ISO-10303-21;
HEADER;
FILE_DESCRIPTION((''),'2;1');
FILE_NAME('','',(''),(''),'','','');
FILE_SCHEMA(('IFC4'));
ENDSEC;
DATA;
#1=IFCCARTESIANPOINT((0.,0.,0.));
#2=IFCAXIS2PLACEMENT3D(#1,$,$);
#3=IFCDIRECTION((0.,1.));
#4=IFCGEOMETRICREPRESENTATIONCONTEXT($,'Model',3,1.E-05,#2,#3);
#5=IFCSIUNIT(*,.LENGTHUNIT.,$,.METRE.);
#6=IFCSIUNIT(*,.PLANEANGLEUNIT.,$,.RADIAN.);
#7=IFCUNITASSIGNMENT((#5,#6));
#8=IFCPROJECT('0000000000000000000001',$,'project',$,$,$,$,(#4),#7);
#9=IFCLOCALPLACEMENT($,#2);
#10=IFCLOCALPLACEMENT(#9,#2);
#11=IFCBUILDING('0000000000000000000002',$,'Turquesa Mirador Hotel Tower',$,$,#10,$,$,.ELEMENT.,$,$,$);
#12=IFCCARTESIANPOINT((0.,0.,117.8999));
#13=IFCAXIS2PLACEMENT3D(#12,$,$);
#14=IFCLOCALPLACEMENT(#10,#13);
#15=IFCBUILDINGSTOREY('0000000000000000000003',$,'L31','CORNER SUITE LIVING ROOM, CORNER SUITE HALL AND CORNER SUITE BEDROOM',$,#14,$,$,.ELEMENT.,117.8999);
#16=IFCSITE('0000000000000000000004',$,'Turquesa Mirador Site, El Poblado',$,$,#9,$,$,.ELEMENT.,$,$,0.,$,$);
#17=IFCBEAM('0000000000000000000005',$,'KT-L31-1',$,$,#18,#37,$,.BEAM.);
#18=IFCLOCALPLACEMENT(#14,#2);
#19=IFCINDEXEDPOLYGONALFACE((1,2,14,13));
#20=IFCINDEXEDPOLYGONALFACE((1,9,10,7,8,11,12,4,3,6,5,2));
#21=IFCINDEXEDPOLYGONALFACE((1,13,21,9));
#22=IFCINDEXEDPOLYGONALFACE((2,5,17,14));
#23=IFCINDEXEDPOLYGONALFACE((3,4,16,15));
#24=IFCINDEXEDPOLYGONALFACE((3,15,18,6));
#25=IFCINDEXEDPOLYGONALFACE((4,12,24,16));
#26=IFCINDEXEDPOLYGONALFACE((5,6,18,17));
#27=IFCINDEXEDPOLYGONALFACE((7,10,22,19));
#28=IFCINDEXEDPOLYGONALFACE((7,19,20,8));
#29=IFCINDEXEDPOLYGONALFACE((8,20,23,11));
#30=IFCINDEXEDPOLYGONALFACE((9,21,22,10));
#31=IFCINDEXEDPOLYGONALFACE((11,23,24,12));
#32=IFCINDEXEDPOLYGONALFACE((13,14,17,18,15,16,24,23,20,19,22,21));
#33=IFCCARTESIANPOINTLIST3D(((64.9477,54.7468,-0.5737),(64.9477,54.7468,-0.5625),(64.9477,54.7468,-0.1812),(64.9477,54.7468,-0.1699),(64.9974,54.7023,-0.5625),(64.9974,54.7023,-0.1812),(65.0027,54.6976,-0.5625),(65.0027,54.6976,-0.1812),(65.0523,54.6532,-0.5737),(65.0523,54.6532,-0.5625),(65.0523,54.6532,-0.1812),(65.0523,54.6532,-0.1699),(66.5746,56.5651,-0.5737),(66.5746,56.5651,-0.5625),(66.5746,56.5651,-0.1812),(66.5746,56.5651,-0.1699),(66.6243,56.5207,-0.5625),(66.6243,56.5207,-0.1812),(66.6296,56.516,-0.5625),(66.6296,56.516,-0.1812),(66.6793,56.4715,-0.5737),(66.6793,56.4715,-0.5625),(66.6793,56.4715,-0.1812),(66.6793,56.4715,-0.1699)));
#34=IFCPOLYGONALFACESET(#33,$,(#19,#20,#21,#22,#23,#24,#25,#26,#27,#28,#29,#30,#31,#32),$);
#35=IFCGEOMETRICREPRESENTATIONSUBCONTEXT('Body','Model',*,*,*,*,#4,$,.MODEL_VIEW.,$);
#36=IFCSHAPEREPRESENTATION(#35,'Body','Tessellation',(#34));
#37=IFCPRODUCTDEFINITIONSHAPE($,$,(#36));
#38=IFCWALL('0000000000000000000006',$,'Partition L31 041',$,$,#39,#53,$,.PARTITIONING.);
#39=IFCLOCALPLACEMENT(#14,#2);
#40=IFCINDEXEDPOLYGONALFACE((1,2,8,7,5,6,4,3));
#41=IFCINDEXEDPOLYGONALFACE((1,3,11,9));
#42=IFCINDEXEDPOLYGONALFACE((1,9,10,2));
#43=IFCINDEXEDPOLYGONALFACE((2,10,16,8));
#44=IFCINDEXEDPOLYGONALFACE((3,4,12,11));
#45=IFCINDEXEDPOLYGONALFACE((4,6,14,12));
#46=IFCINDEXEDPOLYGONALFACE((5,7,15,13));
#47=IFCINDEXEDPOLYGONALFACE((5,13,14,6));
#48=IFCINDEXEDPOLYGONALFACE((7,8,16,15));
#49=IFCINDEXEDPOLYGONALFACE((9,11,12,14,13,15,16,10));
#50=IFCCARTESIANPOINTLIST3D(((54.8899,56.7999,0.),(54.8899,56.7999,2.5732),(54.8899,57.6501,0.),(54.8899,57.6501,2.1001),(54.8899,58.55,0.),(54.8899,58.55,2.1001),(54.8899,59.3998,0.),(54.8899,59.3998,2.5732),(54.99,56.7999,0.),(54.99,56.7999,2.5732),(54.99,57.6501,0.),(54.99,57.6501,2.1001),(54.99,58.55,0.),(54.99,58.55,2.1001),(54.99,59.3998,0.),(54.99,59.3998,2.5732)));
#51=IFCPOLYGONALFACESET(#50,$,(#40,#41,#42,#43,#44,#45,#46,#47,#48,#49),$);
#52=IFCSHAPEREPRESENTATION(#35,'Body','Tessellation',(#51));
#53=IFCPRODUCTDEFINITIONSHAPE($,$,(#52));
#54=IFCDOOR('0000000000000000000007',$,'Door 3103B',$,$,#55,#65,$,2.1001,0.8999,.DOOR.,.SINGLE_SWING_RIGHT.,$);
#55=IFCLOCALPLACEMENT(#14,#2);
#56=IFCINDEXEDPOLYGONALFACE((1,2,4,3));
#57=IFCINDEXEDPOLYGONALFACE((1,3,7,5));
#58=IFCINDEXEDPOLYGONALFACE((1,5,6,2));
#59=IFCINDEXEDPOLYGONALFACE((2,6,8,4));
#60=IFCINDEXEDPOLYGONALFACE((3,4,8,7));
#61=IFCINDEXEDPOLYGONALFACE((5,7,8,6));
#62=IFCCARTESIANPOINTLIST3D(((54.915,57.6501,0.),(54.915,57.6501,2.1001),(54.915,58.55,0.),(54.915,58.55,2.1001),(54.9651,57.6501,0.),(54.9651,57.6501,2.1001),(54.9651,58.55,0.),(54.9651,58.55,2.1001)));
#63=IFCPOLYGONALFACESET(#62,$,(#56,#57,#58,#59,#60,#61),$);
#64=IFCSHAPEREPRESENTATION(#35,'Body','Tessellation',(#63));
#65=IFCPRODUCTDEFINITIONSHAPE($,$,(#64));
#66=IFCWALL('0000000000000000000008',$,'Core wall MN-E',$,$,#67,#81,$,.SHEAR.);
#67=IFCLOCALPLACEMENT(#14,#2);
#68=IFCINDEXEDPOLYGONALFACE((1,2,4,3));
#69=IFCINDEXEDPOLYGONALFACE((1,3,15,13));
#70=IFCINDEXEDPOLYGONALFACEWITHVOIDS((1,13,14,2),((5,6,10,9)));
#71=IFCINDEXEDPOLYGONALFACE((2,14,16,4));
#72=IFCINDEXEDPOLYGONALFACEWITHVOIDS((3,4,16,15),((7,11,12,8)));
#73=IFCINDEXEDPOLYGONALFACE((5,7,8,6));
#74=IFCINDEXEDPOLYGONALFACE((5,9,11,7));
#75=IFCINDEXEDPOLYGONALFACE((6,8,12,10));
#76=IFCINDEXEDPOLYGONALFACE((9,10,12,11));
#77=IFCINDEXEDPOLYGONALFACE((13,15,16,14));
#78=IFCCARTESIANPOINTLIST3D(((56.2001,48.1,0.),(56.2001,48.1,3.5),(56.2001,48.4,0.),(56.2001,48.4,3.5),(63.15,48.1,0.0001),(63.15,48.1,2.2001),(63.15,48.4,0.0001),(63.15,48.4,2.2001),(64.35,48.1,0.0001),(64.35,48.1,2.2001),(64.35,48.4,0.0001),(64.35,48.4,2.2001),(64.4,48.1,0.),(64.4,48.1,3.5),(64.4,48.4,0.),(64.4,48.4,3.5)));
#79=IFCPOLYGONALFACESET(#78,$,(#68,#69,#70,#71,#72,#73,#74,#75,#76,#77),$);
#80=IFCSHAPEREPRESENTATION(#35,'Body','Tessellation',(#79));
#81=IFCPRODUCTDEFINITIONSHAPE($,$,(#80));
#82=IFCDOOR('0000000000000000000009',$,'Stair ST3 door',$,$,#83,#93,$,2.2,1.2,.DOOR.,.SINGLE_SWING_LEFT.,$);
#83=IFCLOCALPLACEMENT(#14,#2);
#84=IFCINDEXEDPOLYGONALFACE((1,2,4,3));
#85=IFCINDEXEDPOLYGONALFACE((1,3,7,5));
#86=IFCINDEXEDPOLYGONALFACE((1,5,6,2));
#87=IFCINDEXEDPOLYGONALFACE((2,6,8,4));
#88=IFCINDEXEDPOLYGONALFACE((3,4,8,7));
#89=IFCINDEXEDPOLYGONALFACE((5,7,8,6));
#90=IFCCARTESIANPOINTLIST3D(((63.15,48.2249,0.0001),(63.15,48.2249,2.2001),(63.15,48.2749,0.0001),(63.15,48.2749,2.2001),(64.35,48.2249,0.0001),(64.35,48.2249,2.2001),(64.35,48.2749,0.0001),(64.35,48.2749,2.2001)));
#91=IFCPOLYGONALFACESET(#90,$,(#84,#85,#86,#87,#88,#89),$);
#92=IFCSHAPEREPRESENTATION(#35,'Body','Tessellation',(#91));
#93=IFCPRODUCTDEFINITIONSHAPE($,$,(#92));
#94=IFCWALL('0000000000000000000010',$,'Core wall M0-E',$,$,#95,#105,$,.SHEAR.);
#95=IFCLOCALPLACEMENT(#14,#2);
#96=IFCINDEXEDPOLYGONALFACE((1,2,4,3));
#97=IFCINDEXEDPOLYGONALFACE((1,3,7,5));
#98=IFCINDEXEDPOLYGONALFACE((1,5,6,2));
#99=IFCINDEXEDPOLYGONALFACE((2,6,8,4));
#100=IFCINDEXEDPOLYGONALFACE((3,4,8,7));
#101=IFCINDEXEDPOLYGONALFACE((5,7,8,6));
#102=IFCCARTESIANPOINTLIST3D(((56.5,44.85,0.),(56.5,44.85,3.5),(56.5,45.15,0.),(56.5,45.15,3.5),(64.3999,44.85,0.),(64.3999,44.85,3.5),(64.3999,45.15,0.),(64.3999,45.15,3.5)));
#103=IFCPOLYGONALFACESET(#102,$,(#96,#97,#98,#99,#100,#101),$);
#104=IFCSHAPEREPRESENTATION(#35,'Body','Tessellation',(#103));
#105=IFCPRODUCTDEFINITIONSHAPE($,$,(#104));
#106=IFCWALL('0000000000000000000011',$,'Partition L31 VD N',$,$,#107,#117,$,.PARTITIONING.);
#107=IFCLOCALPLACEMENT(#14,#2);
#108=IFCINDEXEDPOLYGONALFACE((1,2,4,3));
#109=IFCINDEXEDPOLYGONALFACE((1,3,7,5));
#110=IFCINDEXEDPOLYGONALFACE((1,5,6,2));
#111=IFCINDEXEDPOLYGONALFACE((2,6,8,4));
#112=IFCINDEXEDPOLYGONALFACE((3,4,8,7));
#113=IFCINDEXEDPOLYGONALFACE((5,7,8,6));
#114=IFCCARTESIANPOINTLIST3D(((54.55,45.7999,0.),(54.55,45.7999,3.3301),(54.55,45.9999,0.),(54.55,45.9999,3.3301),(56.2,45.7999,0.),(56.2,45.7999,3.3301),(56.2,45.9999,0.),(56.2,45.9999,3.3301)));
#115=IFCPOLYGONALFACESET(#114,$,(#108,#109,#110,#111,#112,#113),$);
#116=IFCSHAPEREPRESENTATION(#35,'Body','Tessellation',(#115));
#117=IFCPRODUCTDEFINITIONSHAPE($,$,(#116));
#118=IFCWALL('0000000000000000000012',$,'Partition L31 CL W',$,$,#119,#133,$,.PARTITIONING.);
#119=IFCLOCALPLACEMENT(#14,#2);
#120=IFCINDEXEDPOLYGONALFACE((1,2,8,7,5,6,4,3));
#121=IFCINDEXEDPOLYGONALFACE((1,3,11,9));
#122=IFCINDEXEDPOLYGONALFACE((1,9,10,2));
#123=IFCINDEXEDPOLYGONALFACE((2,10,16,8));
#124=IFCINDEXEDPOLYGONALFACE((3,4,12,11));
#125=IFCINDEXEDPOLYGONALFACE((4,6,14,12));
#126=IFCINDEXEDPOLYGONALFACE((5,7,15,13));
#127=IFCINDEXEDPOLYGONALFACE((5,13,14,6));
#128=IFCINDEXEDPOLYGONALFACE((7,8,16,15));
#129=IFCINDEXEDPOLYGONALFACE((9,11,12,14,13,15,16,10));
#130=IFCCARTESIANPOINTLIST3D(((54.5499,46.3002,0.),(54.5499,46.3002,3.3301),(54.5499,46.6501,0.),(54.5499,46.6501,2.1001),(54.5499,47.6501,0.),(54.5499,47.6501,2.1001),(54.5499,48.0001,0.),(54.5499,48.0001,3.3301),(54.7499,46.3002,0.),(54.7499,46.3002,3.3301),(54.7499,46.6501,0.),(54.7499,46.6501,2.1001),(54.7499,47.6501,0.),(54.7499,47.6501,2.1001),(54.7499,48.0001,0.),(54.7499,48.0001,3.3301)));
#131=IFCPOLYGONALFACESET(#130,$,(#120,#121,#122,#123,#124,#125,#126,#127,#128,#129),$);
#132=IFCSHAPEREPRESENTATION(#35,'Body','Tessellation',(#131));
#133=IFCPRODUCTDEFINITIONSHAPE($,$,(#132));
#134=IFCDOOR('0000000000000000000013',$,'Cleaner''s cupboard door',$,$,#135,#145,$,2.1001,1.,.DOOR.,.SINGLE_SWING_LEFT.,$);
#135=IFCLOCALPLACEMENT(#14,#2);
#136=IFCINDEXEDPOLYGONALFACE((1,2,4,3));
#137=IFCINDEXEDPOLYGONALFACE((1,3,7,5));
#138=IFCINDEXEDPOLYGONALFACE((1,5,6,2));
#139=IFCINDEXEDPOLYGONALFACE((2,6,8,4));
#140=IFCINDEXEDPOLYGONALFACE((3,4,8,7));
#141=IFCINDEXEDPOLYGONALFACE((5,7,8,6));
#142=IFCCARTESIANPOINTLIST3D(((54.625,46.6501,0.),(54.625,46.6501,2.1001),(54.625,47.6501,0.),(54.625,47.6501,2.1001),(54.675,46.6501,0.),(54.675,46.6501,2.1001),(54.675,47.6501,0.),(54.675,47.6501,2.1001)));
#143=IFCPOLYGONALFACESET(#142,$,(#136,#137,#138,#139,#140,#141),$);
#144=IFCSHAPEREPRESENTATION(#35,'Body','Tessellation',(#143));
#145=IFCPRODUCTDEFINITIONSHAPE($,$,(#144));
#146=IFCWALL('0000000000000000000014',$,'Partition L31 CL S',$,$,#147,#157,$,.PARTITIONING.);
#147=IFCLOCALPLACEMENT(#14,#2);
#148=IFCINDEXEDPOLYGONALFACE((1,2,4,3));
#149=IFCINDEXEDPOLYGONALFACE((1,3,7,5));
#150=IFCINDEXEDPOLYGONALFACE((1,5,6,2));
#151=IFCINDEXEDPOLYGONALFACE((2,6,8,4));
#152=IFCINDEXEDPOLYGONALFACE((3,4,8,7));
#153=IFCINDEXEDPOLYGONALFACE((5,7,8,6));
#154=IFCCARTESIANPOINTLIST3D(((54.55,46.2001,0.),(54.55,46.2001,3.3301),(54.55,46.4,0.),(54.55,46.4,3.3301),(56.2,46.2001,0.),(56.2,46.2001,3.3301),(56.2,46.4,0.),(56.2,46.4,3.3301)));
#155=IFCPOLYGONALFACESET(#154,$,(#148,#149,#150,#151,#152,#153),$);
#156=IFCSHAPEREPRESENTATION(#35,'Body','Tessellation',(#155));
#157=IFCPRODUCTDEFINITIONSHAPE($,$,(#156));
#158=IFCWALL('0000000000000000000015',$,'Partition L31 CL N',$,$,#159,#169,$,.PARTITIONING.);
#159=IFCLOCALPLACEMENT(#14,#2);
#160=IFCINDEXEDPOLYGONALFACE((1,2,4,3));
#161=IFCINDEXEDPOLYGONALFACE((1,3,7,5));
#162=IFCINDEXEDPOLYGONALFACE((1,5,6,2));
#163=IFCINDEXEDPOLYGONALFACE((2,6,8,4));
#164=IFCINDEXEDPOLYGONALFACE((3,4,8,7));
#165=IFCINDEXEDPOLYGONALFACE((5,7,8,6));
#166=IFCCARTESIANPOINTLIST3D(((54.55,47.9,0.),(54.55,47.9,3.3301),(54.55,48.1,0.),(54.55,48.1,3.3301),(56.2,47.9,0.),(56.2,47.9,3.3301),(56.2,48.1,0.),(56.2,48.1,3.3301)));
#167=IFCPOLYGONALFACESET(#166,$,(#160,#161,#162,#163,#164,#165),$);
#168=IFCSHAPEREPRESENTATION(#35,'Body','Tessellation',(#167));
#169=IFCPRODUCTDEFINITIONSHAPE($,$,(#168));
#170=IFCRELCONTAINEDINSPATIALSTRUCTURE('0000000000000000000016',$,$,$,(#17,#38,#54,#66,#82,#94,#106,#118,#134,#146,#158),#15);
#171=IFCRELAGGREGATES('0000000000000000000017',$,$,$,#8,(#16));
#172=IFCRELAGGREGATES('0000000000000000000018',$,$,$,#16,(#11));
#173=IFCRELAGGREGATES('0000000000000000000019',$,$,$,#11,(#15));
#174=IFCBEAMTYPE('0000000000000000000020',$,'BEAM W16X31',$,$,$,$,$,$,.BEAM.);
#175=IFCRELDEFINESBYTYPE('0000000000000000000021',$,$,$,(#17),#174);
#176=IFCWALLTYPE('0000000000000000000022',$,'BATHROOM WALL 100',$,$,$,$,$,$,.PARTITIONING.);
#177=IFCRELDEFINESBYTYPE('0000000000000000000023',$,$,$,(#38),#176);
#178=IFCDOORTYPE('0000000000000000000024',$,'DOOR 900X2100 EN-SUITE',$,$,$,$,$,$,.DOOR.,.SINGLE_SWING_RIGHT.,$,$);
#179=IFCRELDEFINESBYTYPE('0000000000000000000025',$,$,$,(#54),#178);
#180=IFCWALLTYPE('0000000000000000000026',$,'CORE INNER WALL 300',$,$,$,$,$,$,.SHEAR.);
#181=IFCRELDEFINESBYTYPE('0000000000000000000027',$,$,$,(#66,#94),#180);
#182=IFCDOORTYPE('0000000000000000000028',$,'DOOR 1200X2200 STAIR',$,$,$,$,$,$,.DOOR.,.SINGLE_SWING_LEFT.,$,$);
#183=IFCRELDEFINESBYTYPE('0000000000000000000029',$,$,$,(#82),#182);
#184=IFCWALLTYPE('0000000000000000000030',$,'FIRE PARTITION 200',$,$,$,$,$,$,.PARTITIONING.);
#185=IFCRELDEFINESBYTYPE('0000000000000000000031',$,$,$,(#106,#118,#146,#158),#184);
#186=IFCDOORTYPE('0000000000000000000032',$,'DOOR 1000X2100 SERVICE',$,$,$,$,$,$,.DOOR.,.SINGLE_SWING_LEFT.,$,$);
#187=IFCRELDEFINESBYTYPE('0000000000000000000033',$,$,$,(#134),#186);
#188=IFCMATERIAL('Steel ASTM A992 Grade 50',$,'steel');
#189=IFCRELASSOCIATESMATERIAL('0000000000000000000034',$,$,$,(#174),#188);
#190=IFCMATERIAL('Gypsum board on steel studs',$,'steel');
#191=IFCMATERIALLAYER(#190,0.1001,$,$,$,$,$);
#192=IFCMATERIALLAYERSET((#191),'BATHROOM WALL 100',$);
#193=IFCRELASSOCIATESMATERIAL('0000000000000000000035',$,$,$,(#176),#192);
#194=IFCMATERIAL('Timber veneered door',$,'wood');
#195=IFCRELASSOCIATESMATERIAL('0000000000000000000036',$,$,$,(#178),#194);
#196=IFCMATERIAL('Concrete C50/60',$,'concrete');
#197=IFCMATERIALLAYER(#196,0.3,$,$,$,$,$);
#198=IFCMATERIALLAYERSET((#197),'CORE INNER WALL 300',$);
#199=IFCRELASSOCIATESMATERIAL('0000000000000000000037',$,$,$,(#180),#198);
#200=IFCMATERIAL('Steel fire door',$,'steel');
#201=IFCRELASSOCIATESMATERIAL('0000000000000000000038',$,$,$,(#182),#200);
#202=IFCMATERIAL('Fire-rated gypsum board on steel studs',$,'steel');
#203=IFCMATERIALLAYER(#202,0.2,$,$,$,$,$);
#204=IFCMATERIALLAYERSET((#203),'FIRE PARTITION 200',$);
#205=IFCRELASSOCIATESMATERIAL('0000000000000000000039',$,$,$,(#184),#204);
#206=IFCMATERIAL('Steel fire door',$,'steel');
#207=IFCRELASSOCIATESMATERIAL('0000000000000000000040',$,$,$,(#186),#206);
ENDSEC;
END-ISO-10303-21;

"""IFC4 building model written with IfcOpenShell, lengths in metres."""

from ifc_helpers import new_model, si_unit, direction, frame, frame_2d, origin, origin_2d, place, context, subcontext, project, spatial, rectangle, i_section, extrude, material, layer, layer_set, material_profile, profile_set, type_object, element, fill, save


model = new_model("IFC4")

# Units and contexts
model_context = context("Model", 3, precision=1e-05, world=origin(), true_north=direction((0.0, 1.0)))
body_context = subcontext(model_context, "Body", "Model", "MODEL_VIEW")
ifc_project = project(units=[si_unit("LENGTHUNIT", "METRE"), si_unit("PLANEANGLEUNIT", "RADIAN")], contexts=[model_context])

# Site, building, storey
site_placement = place(None, origin())
site = spatial("IfcSite", under=ifc_project, at=site_placement, Name="Turquesa Mirador Site, El Poblado", CompositionType="ELEMENT", RefElevation=0.0)
building_placement = place(site_placement, origin())
building = spatial("IfcBuilding", under=site, at=building_placement, Name="Turquesa Mirador Hotel Tower", CompositionType="ELEMENT")
storey_placement = place(building_placement, frame((0.0, 0.0, 117.8999)))
storey = spatial("IfcBuildingStorey", under=building, at=storey_placement, Name="L31", Description="CORNER SUITE LIVING ROOM, CORNER SUITE HALL AND CORNER SUITE BEDROOM", CompositionType="ELEMENT", Elevation=117.8999)

# Beam
ifc_material_1 = material(Name="Steel ASTM A992 Grade 50", Category="steel")
ifc_material_profile = material_profile(ifc_material_1, i_section(OverallWidth=0.1404, OverallDepth=0.4038, WebThickness=0.0071, FlangeThickness=0.0112, at=origin_2d()), Name="W16X31")
ifc_profile_set = profile_set([ifc_material_profile], Name="Steel ASTM A992 Grade 50")
beam_type = type_object("IfcBeamType", Name="BEAM W16X31", PredefinedType="BEAM", material=ifc_profile_set)
beam_placement = place(storey_placement, frame((66.627, 56.5183, -0.3718), z_axis=(-0.666795, -0.745241, 0.0), x_axis=(0.745241, -0.666795, 0.0)))
element("IfcBeam", 1, at=beam_placement, inside=storey, type_object=beam_type, Name="KT-L31-1", PredefinedType="BEAM", context=body_context, shape_type="SweptSolid", body=[
    extrude(i_section(OverallWidth=0.1404, OverallDepth=0.4038, WebThickness=0.0071, FlangeThickness=0.0112, at=origin_2d()), origin(), (0.0, 0.0, 1.0), 2.4399),
])

# Walls, openings, doors
ifc_material_2 = material(Name="Gypsum board on steel studs", Category="steel")
ifc_layer_1 = layer(ifc_material_2, 0.1001)
ifc_layer_set_1 = layer_set([ifc_layer_1], Name="BATHROOM WALL 100")
wall_type_1 = type_object("IfcWallType", Name="BATHROOM WALL 100", PredefinedType="PARTITIONING", material=ifc_layer_set_1)
wall_1_placement = place(storey_placement, frame((54.9399, 56.8, 0.0), z_axis=(0.0, 0.0, 1.0), x_axis=(0.0, 1.0, 0.0)))
wall_1 = element("IfcWall", 2, at=wall_1_placement, inside=storey, type_object=wall_type_1, Name="Partition L31 041", PredefinedType="PARTITIONING", context=body_context, shape_type="SweptSolid", body=[
    extrude(rectangle(XDim=2.5999, YDim=0.1001, at=frame_2d((1.2998, 0.0))), origin(), (0.0, 0.0, 1.0), 2.5732),
])
opening_1_placement = place(wall_1_placement, frame((0.8501, 0.0, 0.0)))
opening_1 = element("IfcOpeningElement", 3, at=opening_1_placement, cuts=wall_1, PredefinedType="OPENING", context=body_context, shape_type="SweptSolid", body=[
    extrude(rectangle(XDim=0.8999, YDim=2.1001, at=frame_2d((0.45, 1.05))), frame((0.0, 0.0601, 0.0), z_axis=(0.0, -1.0, 0.0), x_axis=(1.0, 0.0, 0.0)), (0.0, 0.0, 1.0), 0.1201),
])
ifc_material_3 = material(Name="Timber veneered door", Category="wood")
door_type_1 = type_object("IfcDoorType", Name="DOOR 900X2100 EN-SUITE", OperationType="SINGLE_SWING_RIGHT", PredefinedType="DOOR", material=ifc_material_3)
door_1_placement = place(opening_1_placement, origin())
door_1 = element("IfcDoor", 4, at=door_1_placement, inside=storey, type_object=door_type_1, Name="Door 3103B", OperationType="SINGLE_SWING_RIGHT", OverallHeight=2.1001, OverallWidth=0.8999, PredefinedType="DOOR", context=body_context, shape_type="SweptSolid", body=[
    extrude(rectangle(XDim=0.8999, YDim=2.1001, at=frame_2d((0.45, 1.05))), frame((0.0, 0.0249, 0.0), z_axis=(0.0, -1.0, 0.0), x_axis=(1.0, 0.0, 0.0)), (0.0, 0.0, 1.0), 0.05),
])
fill(opening_1, door_1)
ifc_material_4 = material(Name="Concrete C50/60", Category="concrete")
ifc_layer_2 = layer(ifc_material_4, 0.3)
ifc_layer_set_2 = layer_set([ifc_layer_2], Name="CORE INNER WALL 300")
wall_type_2 = type_object("IfcWallType", Name="CORE INNER WALL 300", PredefinedType="SHEAR", material=ifc_layer_set_2)
wall_2_placement = place(storey_placement, frame((56.2, 48.25, 0.0), z_axis=(0.0, 0.0, 1.0), x_axis=(1.0, 0.0, 0.0)))
wall_2 = element("IfcWall", 5, at=wall_2_placement, inside=storey, type_object=wall_type_2, Name="Core wall MN-E", PredefinedType="SHEAR", context=body_context, shape_type="SweptSolid", body=[
    extrude(rectangle(XDim=8.2, YDim=0.3, at=frame_2d((4.1001, 0.0))), origin(), (0.0, 0.0, 1.0), 3.5),
])
opening_2_placement = place(wall_2_placement, frame((6.95, 0.0, 0.0)))
opening_2 = element("IfcOpeningElement", 6, at=opening_2_placement, cuts=wall_2, PredefinedType="OPENING", context=body_context, shape_type="SweptSolid", body=[
    extrude(rectangle(XDim=1.2, YDim=2.2, at=frame_2d((0.6001, 1.1001))), frame((0.0, 0.1599, 0.0), z_axis=(0.0, -1.0, 0.0), x_axis=(1.0, 0.0, 0.0)), (0.0, 0.0, 1.0), 0.3201),
])
ifc_material_5 = material(Name="Steel fire door", Category="steel")
door_type_2 = type_object("IfcDoorType", Name="DOOR 1200X2200 STAIR", OperationType="SINGLE_SWING_LEFT", PredefinedType="DOOR", material=ifc_material_5)
door_2_placement = place(opening_2_placement, origin())
door_2 = element("IfcDoor", 7, at=door_2_placement, inside=storey, type_object=door_type_2, Name="Stair ST3 door", OperationType="SINGLE_SWING_LEFT", OverallHeight=2.2, OverallWidth=1.2, PredefinedType="DOOR", context=body_context, shape_type="SweptSolid", body=[
    extrude(rectangle(XDim=1.2, YDim=2.2, at=frame_2d((0.6001, 1.1001))), frame((0.0, 0.0249, 0.0), z_axis=(0.0, -1.0, 0.0), x_axis=(1.0, 0.0, 0.0)), (0.0, 0.0, 1.0), 0.05),
])
fill(opening_2, door_2)

# Walls
wall_3_placement = place(storey_placement, frame((56.5, 45.0, 0.0), z_axis=(0.0, 0.0, 1.0), x_axis=(1.0, 0.0, 0.0)))
element("IfcWall", 8, at=wall_3_placement, inside=storey, type_object=wall_type_2, Name="Core wall M0-E", PredefinedType="SHEAR", context=body_context, shape_type="SweptSolid", body=[
    extrude(rectangle(XDim=7.8999, YDim=0.3, at=frame_2d((3.95, 0.0))), origin(), (0.0, 0.0, 1.0), 3.5),
])
ifc_material_6 = material(Name="Fire-rated gypsum board on steel studs", Category="steel")
ifc_layer_3 = layer(ifc_material_6, 0.2)
ifc_layer_set_3 = layer_set([ifc_layer_3], Name="FIRE PARTITION 200")
wall_type_3 = type_object("IfcWallType", Name="FIRE PARTITION 200", PredefinedType="PARTITIONING", material=ifc_layer_set_3)
wall_4_placement = place(storey_placement, frame((54.55, 45.8999, 0.0), z_axis=(0.0, 0.0, 1.0), x_axis=(1.0, 0.0, 0.0)))
element("IfcWall", 9, at=wall_4_placement, inside=storey, type_object=wall_type_3, Name="Partition L31 VD N", PredefinedType="PARTITIONING", context=body_context, shape_type="SweptSolid", body=[
    extrude(rectangle(XDim=1.6499, YDim=0.2, at=frame_2d((0.825, 0.0))), origin(), (0.0, 0.0, 1.0), 3.3301),
])

# Wall, opening, door
wall_5_placement = place(storey_placement, frame((54.6499, 46.3, 0.0), z_axis=(0.0, 0.0, 1.0), x_axis=(0.0, 1.0, 0.0)))
wall_5 = element("IfcWall", 10, at=wall_5_placement, inside=storey, type_object=wall_type_3, Name="Partition L31 CL W", PredefinedType="PARTITIONING", context=body_context, shape_type="SweptSolid", body=[
    extrude(rectangle(XDim=1.7, YDim=0.2, at=frame_2d((0.8501, 0.0))), origin(), (0.0, 0.0, 1.0), 3.3301),
])
opening_3_placement = place(wall_5_placement, frame((0.3501, 0.0, 0.0)))
opening_3 = element("IfcOpeningElement", 11, at=opening_3_placement, cuts=wall_5, PredefinedType="OPENING", context=body_context, shape_type="SweptSolid", body=[
    extrude(rectangle(XDim=1.0, YDim=2.1001, at=frame_2d((0.5, 1.05))), frame((0.0, 0.1099, 0.0), z_axis=(0.0, -1.0, 0.0), x_axis=(1.0, 0.0, 0.0)), (0.0, 0.0, 1.0), 0.22),
])
ifc_material_7 = material(Name="Steel fire door", Category="steel")
door_type_3 = type_object("IfcDoorType", Name="DOOR 1000X2100 SERVICE", OperationType="SINGLE_SWING_LEFT", PredefinedType="DOOR", material=ifc_material_7)
door_3_placement = place(opening_3_placement, origin())
door_3 = element("IfcDoor", 12, at=door_3_placement, inside=storey, type_object=door_type_3, Name="Cleaner's cupboard door", OperationType="SINGLE_SWING_LEFT", OverallHeight=2.1001, OverallWidth=1.0, PredefinedType="DOOR", context=body_context, shape_type="SweptSolid", body=[
    extrude(rectangle(XDim=1.0, YDim=2.1001, at=frame_2d((0.5, 1.05))), frame((0.0, 0.0249, 0.0), z_axis=(0.0, -1.0, 0.0), x_axis=(1.0, 0.0, 0.0)), (0.0, 0.0, 1.0), 0.05),
])
fill(opening_3, door_3)

# Walls
for number, where, z_axis, x_axis, name in (
    (13, (54.55, 46.3, 0.0), (0.0, 0.0, 1.0), (1.0, 0.0, 0.0), "Partition L31 CL S"),
    (14, (54.55, 48.0, 0.0), (0.0, 0.0, 1.0), (1.0, 0.0, 0.0), "Partition L31 CL N"),
):
    element("IfcWall", number, at=place(storey_placement, frame(where, z_axis=z_axis, x_axis=x_axis)), inside=storey, type_object=wall_type_3, Name=name, PredefinedType="PARTITIONING", context=body_context, shape_type="SweptSolid", body=[
        extrude(rectangle(XDim=1.6499, YDim=0.2, at=frame_2d((0.825, 0.0))), origin(), (0.0, 0.0, 1.0), 3.3301),
    ])

save(model, "model.ifc")
